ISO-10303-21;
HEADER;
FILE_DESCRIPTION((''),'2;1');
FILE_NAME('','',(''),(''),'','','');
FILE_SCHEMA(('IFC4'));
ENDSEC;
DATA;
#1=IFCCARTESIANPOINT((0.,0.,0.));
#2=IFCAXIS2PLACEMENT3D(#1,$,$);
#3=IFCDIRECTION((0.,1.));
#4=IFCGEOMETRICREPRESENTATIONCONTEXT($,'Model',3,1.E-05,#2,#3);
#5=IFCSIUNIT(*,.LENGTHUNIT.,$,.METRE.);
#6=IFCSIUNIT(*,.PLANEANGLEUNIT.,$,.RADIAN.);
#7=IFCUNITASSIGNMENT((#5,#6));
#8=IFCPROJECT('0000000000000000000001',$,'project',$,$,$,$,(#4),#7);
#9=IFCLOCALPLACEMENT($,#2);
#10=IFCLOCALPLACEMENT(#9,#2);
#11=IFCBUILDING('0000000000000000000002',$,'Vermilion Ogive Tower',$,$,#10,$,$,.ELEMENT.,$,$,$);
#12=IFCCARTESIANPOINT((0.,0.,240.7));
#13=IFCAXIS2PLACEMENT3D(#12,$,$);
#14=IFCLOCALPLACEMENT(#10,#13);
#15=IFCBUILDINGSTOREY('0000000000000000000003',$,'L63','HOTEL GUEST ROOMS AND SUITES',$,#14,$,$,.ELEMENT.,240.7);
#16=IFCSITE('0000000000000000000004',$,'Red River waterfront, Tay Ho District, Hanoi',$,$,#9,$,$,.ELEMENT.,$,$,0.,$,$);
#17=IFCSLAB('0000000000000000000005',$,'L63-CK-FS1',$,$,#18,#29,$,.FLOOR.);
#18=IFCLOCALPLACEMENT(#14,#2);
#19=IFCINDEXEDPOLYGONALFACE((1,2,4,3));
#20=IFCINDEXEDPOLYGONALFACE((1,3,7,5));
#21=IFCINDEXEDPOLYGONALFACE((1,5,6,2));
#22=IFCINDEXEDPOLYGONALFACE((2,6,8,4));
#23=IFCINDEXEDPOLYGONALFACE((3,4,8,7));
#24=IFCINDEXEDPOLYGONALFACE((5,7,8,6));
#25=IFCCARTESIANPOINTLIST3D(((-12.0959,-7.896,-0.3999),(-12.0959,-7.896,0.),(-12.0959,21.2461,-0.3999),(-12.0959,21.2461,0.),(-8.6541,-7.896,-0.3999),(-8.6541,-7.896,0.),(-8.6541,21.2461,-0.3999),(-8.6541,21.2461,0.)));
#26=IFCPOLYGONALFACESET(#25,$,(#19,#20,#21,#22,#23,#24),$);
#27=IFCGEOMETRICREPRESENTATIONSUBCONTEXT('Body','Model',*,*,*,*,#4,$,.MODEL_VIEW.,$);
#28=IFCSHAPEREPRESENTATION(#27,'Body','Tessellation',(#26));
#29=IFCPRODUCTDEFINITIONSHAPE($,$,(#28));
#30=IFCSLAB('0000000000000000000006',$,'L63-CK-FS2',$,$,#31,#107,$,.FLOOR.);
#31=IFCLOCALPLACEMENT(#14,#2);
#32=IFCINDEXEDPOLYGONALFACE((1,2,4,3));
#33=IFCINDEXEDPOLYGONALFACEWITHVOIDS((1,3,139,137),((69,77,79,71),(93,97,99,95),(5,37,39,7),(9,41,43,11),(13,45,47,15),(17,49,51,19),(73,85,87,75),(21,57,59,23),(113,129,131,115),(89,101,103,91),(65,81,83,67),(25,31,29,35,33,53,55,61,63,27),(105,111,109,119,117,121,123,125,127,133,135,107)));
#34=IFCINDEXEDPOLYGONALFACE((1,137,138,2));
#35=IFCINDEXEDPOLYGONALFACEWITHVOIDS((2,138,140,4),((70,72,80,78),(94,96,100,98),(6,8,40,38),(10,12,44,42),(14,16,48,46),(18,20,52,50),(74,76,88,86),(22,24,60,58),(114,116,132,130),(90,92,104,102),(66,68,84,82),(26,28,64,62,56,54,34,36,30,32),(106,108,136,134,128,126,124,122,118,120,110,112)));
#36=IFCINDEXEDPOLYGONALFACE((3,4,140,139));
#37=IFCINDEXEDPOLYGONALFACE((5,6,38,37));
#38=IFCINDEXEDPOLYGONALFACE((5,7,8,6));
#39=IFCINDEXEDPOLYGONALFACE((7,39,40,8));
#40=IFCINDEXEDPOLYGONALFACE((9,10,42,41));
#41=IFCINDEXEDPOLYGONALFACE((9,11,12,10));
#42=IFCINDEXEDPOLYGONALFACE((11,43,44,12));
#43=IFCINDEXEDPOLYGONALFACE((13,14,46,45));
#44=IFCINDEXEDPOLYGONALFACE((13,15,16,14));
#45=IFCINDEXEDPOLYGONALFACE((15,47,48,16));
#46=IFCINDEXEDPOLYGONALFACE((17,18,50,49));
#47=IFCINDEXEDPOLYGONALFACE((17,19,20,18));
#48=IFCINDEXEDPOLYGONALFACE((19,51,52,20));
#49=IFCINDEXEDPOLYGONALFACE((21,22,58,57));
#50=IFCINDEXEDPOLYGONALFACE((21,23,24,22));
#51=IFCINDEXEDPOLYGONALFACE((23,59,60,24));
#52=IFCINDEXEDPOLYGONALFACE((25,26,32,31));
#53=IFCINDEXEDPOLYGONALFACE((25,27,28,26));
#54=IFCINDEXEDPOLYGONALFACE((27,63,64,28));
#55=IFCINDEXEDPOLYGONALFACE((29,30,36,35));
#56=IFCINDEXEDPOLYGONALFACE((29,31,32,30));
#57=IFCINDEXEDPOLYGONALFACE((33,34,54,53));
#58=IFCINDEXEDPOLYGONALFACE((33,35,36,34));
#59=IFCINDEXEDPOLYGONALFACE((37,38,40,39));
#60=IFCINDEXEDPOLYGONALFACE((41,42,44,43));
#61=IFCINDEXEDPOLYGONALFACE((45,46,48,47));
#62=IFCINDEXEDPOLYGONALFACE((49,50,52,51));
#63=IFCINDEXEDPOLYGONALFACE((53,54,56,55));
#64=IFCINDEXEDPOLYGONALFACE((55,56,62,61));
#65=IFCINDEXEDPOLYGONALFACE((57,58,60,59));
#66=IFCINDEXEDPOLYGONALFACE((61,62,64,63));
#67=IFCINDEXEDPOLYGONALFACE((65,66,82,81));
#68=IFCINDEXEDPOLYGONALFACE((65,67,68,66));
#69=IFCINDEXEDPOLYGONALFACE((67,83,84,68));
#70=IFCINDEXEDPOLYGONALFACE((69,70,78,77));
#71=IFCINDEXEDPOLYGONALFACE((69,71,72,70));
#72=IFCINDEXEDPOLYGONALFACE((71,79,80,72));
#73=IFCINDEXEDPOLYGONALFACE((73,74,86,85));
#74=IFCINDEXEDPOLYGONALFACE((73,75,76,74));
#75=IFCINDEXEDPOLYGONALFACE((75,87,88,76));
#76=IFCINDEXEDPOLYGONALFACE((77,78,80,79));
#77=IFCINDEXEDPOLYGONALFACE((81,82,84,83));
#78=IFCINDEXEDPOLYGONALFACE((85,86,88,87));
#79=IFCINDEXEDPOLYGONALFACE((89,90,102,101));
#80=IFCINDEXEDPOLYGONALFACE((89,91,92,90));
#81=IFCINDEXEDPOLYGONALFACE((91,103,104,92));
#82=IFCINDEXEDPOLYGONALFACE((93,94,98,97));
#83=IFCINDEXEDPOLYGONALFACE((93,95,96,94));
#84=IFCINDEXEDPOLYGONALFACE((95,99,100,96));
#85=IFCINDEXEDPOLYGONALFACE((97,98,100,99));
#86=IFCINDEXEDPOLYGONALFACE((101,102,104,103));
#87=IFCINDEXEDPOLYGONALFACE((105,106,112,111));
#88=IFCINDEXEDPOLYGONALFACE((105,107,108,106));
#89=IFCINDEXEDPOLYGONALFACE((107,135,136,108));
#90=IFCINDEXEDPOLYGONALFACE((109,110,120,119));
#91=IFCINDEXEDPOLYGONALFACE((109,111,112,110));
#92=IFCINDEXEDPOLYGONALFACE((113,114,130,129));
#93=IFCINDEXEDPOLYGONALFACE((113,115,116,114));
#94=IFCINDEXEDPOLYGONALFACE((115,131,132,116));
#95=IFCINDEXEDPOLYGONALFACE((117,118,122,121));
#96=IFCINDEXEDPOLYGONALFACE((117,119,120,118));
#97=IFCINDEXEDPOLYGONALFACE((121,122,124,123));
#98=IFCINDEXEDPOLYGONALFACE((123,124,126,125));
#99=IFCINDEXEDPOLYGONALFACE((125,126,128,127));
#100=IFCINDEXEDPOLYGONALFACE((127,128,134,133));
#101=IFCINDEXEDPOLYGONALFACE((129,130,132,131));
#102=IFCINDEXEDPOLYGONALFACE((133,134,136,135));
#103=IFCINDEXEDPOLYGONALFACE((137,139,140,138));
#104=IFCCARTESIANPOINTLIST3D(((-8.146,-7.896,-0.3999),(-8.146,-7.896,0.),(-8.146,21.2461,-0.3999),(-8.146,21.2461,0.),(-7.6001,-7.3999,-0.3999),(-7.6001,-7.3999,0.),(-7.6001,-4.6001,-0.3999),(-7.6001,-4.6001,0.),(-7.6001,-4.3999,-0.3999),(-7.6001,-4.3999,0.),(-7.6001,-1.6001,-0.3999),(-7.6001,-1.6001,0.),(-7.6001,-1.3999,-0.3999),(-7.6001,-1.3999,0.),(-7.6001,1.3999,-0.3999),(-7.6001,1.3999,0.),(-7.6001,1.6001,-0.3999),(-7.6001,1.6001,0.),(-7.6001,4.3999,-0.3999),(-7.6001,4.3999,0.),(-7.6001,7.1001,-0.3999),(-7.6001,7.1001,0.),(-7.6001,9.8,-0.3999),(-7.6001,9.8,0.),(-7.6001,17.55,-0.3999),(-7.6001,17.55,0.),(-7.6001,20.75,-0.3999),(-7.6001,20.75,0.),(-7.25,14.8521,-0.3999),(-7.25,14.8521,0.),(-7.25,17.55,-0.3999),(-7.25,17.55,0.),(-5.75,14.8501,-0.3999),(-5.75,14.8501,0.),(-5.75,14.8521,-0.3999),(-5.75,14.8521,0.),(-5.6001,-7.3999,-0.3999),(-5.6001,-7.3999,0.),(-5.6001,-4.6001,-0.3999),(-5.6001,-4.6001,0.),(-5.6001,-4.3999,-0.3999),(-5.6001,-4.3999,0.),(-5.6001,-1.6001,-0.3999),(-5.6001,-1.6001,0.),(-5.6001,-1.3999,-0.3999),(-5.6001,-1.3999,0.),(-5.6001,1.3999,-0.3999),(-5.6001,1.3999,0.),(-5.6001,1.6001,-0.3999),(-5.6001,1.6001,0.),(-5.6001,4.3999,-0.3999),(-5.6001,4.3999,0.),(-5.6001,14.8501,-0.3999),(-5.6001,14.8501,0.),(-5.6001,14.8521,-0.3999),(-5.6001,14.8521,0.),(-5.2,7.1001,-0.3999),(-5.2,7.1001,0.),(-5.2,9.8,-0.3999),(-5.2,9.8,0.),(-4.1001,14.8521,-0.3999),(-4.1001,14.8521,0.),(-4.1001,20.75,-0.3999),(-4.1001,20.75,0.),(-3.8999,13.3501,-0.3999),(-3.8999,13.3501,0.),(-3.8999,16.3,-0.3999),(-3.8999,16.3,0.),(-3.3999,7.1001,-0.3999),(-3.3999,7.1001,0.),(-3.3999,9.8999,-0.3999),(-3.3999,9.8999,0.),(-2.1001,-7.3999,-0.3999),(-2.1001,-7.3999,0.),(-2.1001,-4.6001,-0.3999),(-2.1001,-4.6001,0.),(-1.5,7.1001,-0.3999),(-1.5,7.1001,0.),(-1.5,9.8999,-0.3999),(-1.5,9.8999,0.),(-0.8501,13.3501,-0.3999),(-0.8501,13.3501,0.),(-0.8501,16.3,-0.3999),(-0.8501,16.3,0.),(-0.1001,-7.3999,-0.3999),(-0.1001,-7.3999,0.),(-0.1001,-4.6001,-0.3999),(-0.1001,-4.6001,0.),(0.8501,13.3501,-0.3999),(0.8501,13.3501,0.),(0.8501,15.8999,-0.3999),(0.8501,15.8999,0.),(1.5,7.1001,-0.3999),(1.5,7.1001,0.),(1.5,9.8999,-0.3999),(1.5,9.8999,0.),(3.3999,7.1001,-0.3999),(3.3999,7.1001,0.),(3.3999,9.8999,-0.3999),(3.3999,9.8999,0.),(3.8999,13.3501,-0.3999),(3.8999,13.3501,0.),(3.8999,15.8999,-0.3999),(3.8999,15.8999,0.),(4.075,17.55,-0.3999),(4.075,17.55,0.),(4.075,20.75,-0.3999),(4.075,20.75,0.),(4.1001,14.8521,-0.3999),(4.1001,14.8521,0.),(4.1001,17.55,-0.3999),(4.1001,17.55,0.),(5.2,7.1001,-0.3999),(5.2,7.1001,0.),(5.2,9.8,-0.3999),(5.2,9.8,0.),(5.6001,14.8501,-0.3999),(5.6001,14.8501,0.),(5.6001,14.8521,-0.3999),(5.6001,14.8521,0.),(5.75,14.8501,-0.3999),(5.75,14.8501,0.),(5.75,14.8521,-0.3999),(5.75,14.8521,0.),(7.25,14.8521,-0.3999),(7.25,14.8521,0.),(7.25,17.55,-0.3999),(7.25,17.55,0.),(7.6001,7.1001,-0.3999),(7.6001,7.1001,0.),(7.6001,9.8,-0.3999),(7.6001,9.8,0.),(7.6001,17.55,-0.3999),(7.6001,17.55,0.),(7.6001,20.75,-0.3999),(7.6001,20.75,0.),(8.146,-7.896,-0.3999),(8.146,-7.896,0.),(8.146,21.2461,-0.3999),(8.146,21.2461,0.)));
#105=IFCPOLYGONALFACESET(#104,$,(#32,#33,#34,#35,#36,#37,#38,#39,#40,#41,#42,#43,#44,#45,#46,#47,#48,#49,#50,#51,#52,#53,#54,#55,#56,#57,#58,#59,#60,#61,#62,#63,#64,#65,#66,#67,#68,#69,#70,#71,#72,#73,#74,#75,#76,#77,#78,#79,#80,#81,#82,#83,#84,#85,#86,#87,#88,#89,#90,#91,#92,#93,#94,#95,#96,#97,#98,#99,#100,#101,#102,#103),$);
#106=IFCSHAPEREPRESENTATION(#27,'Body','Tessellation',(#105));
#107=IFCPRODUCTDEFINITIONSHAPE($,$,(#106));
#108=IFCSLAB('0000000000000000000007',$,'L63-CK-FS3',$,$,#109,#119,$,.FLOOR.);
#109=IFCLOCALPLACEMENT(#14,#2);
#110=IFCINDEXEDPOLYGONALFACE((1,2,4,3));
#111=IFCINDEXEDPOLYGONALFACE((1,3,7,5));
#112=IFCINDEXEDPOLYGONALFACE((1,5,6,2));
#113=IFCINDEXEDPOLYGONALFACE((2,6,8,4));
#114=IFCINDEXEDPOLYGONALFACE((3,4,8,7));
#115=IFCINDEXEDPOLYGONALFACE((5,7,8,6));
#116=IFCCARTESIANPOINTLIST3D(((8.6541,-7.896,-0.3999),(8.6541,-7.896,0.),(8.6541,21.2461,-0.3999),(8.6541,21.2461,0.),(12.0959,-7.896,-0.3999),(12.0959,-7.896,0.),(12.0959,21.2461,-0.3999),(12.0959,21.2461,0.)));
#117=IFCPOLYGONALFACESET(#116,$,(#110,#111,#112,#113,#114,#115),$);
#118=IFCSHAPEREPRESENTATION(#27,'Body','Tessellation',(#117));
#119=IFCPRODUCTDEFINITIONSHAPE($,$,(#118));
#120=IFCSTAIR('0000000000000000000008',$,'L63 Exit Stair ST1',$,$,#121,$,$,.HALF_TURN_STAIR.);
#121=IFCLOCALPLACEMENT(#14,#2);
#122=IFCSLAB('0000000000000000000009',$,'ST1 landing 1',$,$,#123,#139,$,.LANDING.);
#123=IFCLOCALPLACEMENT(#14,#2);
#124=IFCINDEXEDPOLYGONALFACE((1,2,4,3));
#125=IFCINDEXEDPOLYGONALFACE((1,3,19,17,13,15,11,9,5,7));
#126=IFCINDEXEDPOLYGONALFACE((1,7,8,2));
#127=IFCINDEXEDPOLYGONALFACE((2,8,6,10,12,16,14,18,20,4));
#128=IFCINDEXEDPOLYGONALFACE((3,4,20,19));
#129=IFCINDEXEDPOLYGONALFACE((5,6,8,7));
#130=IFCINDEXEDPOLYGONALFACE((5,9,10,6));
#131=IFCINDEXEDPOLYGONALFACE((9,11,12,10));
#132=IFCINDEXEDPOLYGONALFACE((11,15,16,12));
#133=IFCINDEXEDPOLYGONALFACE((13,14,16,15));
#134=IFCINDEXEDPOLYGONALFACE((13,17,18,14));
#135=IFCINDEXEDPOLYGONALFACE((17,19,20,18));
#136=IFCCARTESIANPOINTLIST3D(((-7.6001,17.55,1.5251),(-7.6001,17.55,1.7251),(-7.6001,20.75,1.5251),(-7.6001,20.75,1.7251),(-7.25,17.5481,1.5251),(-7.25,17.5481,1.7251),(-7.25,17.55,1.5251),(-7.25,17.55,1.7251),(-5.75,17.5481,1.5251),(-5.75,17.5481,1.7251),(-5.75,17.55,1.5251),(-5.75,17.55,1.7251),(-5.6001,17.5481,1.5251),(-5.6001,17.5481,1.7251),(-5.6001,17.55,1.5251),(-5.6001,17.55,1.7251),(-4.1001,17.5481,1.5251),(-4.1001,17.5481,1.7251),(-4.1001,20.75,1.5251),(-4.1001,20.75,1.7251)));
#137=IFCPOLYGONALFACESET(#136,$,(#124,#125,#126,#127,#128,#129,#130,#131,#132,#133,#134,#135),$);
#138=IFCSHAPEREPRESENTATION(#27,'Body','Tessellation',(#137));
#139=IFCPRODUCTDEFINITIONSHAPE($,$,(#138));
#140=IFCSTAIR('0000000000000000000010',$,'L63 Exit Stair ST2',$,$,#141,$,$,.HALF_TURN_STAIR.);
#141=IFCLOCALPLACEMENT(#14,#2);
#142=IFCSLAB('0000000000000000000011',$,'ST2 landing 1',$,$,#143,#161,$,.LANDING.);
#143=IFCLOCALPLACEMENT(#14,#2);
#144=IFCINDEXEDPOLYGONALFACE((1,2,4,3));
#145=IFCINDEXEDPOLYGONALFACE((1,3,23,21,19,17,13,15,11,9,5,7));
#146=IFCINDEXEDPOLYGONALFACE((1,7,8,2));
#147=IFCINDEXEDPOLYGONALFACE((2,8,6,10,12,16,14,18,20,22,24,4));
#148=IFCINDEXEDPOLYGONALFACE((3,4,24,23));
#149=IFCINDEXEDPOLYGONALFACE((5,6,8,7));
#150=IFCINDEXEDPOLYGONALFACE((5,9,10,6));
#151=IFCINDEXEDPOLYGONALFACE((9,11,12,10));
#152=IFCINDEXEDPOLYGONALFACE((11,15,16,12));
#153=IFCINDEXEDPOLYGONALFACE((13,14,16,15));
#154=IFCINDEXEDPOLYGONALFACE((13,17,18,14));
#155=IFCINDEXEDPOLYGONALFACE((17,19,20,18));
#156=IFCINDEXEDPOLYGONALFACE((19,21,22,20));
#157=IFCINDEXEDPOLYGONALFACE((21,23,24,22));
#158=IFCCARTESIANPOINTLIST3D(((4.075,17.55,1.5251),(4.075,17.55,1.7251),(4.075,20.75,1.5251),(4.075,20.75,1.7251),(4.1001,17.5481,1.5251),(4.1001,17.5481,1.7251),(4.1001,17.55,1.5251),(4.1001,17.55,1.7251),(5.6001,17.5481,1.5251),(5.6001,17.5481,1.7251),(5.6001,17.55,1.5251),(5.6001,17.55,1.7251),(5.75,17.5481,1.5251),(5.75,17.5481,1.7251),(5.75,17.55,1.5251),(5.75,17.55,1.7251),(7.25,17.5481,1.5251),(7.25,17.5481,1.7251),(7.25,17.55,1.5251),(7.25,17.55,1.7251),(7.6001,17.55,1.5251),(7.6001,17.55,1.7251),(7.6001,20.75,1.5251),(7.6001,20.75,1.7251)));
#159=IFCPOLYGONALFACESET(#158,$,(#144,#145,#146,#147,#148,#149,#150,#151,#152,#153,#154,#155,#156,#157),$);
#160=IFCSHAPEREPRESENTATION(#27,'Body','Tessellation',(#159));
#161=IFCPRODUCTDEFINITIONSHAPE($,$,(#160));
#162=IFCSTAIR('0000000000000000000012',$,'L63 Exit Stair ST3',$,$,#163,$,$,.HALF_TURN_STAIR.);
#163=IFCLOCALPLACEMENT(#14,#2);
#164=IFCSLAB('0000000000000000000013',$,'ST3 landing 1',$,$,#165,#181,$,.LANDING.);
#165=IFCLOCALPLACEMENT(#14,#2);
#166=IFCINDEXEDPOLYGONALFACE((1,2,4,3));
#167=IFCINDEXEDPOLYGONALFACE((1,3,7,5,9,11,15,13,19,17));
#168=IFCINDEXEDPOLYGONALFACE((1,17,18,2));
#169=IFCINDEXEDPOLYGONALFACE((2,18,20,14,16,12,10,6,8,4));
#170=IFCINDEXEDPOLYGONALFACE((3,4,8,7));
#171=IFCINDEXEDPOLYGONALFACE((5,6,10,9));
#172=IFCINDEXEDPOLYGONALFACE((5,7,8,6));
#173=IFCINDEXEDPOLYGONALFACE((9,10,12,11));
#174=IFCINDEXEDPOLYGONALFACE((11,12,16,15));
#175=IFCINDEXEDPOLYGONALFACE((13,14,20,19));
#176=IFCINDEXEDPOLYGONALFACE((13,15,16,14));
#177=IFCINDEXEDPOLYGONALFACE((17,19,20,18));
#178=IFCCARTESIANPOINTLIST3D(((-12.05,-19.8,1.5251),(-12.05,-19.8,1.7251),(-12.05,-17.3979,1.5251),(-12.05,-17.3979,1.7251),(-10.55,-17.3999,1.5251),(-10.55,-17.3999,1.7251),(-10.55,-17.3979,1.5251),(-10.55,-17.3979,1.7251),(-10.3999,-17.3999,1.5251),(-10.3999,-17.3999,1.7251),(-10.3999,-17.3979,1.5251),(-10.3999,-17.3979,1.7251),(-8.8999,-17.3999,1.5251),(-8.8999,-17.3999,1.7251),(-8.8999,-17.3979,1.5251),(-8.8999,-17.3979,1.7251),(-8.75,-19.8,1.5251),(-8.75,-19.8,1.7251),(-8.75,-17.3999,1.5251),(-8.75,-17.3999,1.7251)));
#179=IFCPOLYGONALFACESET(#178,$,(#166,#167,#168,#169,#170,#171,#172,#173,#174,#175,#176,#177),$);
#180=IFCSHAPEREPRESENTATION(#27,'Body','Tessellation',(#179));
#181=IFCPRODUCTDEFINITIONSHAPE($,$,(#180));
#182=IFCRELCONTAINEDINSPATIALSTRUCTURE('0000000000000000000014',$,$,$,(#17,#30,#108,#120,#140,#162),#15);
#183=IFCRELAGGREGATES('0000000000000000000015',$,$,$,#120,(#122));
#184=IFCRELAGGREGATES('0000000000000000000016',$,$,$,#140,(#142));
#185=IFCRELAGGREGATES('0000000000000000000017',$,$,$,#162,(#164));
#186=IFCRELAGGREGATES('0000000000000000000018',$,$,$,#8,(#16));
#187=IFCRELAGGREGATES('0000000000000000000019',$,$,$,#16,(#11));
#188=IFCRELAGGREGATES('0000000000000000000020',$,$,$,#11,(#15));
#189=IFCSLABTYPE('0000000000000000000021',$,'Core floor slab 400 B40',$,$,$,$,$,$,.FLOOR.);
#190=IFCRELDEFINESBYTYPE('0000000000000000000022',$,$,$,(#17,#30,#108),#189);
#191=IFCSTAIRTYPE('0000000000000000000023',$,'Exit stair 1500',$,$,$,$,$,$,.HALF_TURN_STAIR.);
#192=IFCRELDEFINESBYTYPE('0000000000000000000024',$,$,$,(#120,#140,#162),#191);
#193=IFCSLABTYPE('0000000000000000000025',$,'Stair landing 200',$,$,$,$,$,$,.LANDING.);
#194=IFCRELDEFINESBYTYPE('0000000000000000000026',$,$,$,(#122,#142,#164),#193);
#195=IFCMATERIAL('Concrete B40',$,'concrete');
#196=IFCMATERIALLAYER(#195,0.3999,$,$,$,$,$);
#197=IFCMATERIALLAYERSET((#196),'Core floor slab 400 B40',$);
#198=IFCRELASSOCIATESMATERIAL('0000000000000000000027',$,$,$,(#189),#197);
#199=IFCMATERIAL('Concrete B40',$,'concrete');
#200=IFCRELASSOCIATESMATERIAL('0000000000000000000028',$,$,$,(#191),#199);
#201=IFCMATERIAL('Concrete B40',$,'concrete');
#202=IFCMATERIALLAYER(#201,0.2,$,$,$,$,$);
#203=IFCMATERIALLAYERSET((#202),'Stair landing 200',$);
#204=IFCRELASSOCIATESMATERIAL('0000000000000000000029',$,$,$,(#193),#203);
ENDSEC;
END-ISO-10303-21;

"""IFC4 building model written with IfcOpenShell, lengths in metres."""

from ifc_helpers import new_model, si_unit, direction, frame, origin, place, context, subcontext, project, spatial, polyline, outline, extrude, material, layer, layer_set, type_object, element, aggregate, save


model = new_model("IFC4")

# Units and contexts
model_context = context("Model", 3, precision=1e-05, world=origin(), true_north=direction((0.0, 1.0)))
body_context = subcontext(model_context, "Body", "Model", "MODEL_VIEW")
ifc_project = project(units=[si_unit("LENGTHUNIT", "METRE"), si_unit("PLANEANGLEUNIT", "RADIAN")], contexts=[model_context])

# Site, building, storey
site_placement = place(None, origin())
site = spatial("IfcSite", under=ifc_project, at=site_placement, Name="Red River waterfront, Tay Ho District, Hanoi", CompositionType="ELEMENT", RefElevation=0.0)
building_placement = place(site_placement, origin())
building = spatial("IfcBuilding", under=site, at=building_placement, Name="Vermilion Ogive Tower", CompositionType="ELEMENT")
storey_placement = place(building_placement, frame((0.0, 0.0, 240.7)))
storey = spatial("IfcBuildingStorey", under=building, at=storey_placement, Name="L63", Description="HOTEL GUEST ROOMS AND SUITES", CompositionType="ELEMENT", Elevation=240.7)

# Slabs
ifc_material_1 = material(Name="Concrete B40", Category="concrete")
ifc_layer_1 = layer(ifc_material_1, 0.3999)
ifc_layer_set_1 = layer_set([ifc_layer_1], Name="Core floor slab 400 B40")
slab_type_1 = type_object("IfcSlabType", Name="Core floor slab 400 B40", PredefinedType="FLOOR", material=ifc_layer_set_1)
slab_1_placement = place(storey_placement, frame((0.0, 0.0, -0.3999)))
element("IfcSlab", 1, at=slab_1_placement, inside=storey, type_object=slab_type_1, Name="L63-CK-FS1", PredefinedType="FLOOR", context=body_context, shape_type="SweptSolid", body=[
    extrude(outline(polyline([(-8.6541, 21.2461), (-8.6541, -7.896), (-12.0959, -7.896), (-12.0959, 21.2461), (-8.6541, 21.2461)])), origin(), (0.0, 0.0, 1.0), 0.3999),
])
slab_2_placement = place(storey_placement, frame((0.0, 0.0, -0.3999)))
element("IfcSlab", 2, at=slab_2_placement, inside=storey, type_object=slab_type_1, Name="L63-CK-FS2", PredefinedType="FLOOR", context=body_context, shape_type="SweptSolid", body=[
    extrude(outline(polyline([(-8.146, -7.896), (8.146, -7.896), (8.146, 21.2461), (-8.146, 21.2461), (-8.146, -7.896)]), holes=[polyline([(-7.6001, -7.3999), (-7.6001, -4.6001), (-5.6001, -4.6001), (-5.6001, -7.3999), (-7.6001, -7.3999)]), polyline([(-7.6001, -4.3999), (-7.6001, -1.6001), (-5.6001, -1.6001), (-5.6001, -4.3999), (-7.6001, -4.3999)]), polyline([(-7.6001, -1.3999), (-7.6001, 1.3999), (-5.6001, 1.3999), (-5.6001, -1.3999), (-7.6001, -1.3999)]), polyline([(-7.6001, 1.6001), (-7.6001, 4.3999), (-5.6001, 4.3999), (-5.6001, 1.6001), (-7.6001, 1.6001)]), polyline([(-7.6001, 7.1001), (-7.6001, 9.8), (-5.2, 9.8), (-5.2, 7.1001), (-7.6001, 7.1001)]), polyline([(-3.3999, 9.8999), (-1.5, 9.8999), (-1.5, 7.1001), (-3.3999, 7.1001), (-3.3999, 9.8999)]), polyline([(-7.6001, 17.55), (-7.6001, 20.75), (-4.1001, 20.75), (-4.1001, 14.8521), (-5.6001, 14.8521), (-5.6001, 14.8501), (-5.75, 14.8501), (-5.75, 14.8521), (-7.25, 14.8521), (-7.25, 17.55), (-7.6001, 17.55)]), polyline([(-2.1001, -7.3999), (-2.1001, -4.6001), (-0.1001, -4.6001), (-0.1001, -7.3999), (-2.1001, -7.3999)]), polyline([(5.2, 7.1001), (5.2, 9.8), (7.6001, 9.8), (7.6001, 7.1001), (5.2, 7.1001)]), polyline([(1.5, 7.1001), (1.5, 9.8999), (3.3999, 9.8999), (3.3999, 7.1001), (1.5, 7.1001)]), polyline([(0.8501, 13.3501), (0.8501, 15.8999), (3.8999, 15.8999), (3.8999, 13.3501), (0.8501, 13.3501)]), polyline([(-3.8999, 16.3), (-0.8501, 16.3), (-0.8501, 13.3501), (-3.8999, 13.3501), (-3.8999, 16.3)]), polyline([(5.75, 14.8501), (5.6001, 14.8501), (5.6001, 14.8521), (4.1001, 14.8521), (4.1001, 17.55), (4.075, 17.55), (4.075, 20.75), (7.6001, 20.75), (7.6001, 17.55), (7.25, 17.55), (7.25, 14.8521), (5.75, 14.8521), (5.75, 14.8501)])]), origin(), (0.0, 0.0, 1.0), 0.3999),
])
slab_3_placement = place(storey_placement, frame((0.0, 0.0, -0.3999)))
element("IfcSlab", 3, at=slab_3_placement, inside=storey, type_object=slab_type_1, Name="L63-CK-FS3", PredefinedType="FLOOR", context=body_context, shape_type="SweptSolid", body=[
    extrude(outline(polyline([(8.6541, 21.2461), (12.0959, 21.2461), (12.0959, -7.896), (8.6541, -7.896), (8.6541, 21.2461)])), origin(), (0.0, 0.0, 1.0), 0.3999),
])

# Stairs, slabs
ifc_material_2 = material(Name="Concrete B40", Category="concrete")
stair_type = type_object("IfcStairType", Name="Exit stair 1500", PredefinedType="HALF_TURN_STAIR", material=ifc_material_2)
stair_1_placement = place(storey_placement, origin())
stair_1 = element("IfcStair", 4, at=stair_1_placement, inside=storey, type_object=stair_type, Name="L63 Exit Stair ST1", PredefinedType="HALF_TURN_STAIR")
ifc_material_3 = material(Name="Concrete B40", Category="concrete")
ifc_layer_2 = layer(ifc_material_3, 0.2)
ifc_layer_set_2 = layer_set([ifc_layer_2], Name="Stair landing 200")
slab_type_2 = type_object("IfcSlabType", Name="Stair landing 200", PredefinedType="LANDING", material=ifc_layer_set_2)
slab_4_placement = place(storey_placement, frame((0.0, 0.0, 1.5251)))
slab_4 = element("IfcSlab", 5, at=slab_4_placement, type_object=slab_type_2, Name="ST1 landing 1", PredefinedType="LANDING", context=body_context, shape_type="SweptSolid", body=[
    extrude(outline(polyline([(-7.6001, 17.55), (-7.25, 17.55), (-7.25, 17.5481), (-5.75, 17.5481), (-5.75, 17.55), (-5.6001, 17.55), (-5.6001, 17.5481), (-4.1001, 17.5481), (-4.1001, 20.75), (-7.6001, 20.75), (-7.6001, 17.55)])), origin(), (0.0, 0.0, 1.0), 0.2),
])
aggregate(stair_1, [slab_4])
stair_2_placement = place(storey_placement, origin())
stair_2 = element("IfcStair", 6, at=stair_2_placement, inside=storey, type_object=stair_type, Name="L63 Exit Stair ST2", PredefinedType="HALF_TURN_STAIR")
slab_5_placement = place(storey_placement, frame((0.0, 0.0, 1.5251)))
slab_5 = element("IfcSlab", 7, at=slab_5_placement, type_object=slab_type_2, Name="ST2 landing 1", PredefinedType="LANDING", context=body_context, shape_type="SweptSolid", body=[
    extrude(outline(polyline([(5.6001, 17.55), (5.75, 17.55), (5.75, 17.5481), (7.25, 17.5481), (7.25, 17.55), (7.6001, 17.55), (7.6001, 20.75), (4.075, 20.75), (4.075, 17.55), (4.1001, 17.55), (4.1001, 17.5481), (5.6001, 17.5481), (5.6001, 17.55)])), origin(), (0.0, 0.0, 1.0), 0.2),
])
aggregate(stair_2, [slab_5])
stair_3_placement = place(storey_placement, origin())
stair_3 = element("IfcStair", 8, at=stair_3_placement, inside=storey, type_object=stair_type, Name="L63 Exit Stair ST3", PredefinedType="HALF_TURN_STAIR")
slab_6_placement = place(storey_placement, frame((0.0, 0.0, 1.5251)))
slab_6 = element("IfcSlab", 9, at=slab_6_placement, type_object=slab_type_2, Name="ST3 landing 1", PredefinedType="LANDING", context=body_context, shape_type="SweptSolid", body=[
    extrude(outline(polyline([(-8.75, -17.3999), (-8.8999, -17.3999), (-8.8999, -17.3979), (-10.3999, -17.3979), (-10.3999, -17.3999), (-10.55, -17.3999), (-10.55, -17.3979), (-12.05, -17.3979), (-12.05, -19.8), (-8.75, -19.8), (-8.75, -17.3999)])), origin(), (0.0, 0.0, 1.0), 0.2),
])
aggregate(stair_3, [slab_6])

save(model, "model.ifc")
